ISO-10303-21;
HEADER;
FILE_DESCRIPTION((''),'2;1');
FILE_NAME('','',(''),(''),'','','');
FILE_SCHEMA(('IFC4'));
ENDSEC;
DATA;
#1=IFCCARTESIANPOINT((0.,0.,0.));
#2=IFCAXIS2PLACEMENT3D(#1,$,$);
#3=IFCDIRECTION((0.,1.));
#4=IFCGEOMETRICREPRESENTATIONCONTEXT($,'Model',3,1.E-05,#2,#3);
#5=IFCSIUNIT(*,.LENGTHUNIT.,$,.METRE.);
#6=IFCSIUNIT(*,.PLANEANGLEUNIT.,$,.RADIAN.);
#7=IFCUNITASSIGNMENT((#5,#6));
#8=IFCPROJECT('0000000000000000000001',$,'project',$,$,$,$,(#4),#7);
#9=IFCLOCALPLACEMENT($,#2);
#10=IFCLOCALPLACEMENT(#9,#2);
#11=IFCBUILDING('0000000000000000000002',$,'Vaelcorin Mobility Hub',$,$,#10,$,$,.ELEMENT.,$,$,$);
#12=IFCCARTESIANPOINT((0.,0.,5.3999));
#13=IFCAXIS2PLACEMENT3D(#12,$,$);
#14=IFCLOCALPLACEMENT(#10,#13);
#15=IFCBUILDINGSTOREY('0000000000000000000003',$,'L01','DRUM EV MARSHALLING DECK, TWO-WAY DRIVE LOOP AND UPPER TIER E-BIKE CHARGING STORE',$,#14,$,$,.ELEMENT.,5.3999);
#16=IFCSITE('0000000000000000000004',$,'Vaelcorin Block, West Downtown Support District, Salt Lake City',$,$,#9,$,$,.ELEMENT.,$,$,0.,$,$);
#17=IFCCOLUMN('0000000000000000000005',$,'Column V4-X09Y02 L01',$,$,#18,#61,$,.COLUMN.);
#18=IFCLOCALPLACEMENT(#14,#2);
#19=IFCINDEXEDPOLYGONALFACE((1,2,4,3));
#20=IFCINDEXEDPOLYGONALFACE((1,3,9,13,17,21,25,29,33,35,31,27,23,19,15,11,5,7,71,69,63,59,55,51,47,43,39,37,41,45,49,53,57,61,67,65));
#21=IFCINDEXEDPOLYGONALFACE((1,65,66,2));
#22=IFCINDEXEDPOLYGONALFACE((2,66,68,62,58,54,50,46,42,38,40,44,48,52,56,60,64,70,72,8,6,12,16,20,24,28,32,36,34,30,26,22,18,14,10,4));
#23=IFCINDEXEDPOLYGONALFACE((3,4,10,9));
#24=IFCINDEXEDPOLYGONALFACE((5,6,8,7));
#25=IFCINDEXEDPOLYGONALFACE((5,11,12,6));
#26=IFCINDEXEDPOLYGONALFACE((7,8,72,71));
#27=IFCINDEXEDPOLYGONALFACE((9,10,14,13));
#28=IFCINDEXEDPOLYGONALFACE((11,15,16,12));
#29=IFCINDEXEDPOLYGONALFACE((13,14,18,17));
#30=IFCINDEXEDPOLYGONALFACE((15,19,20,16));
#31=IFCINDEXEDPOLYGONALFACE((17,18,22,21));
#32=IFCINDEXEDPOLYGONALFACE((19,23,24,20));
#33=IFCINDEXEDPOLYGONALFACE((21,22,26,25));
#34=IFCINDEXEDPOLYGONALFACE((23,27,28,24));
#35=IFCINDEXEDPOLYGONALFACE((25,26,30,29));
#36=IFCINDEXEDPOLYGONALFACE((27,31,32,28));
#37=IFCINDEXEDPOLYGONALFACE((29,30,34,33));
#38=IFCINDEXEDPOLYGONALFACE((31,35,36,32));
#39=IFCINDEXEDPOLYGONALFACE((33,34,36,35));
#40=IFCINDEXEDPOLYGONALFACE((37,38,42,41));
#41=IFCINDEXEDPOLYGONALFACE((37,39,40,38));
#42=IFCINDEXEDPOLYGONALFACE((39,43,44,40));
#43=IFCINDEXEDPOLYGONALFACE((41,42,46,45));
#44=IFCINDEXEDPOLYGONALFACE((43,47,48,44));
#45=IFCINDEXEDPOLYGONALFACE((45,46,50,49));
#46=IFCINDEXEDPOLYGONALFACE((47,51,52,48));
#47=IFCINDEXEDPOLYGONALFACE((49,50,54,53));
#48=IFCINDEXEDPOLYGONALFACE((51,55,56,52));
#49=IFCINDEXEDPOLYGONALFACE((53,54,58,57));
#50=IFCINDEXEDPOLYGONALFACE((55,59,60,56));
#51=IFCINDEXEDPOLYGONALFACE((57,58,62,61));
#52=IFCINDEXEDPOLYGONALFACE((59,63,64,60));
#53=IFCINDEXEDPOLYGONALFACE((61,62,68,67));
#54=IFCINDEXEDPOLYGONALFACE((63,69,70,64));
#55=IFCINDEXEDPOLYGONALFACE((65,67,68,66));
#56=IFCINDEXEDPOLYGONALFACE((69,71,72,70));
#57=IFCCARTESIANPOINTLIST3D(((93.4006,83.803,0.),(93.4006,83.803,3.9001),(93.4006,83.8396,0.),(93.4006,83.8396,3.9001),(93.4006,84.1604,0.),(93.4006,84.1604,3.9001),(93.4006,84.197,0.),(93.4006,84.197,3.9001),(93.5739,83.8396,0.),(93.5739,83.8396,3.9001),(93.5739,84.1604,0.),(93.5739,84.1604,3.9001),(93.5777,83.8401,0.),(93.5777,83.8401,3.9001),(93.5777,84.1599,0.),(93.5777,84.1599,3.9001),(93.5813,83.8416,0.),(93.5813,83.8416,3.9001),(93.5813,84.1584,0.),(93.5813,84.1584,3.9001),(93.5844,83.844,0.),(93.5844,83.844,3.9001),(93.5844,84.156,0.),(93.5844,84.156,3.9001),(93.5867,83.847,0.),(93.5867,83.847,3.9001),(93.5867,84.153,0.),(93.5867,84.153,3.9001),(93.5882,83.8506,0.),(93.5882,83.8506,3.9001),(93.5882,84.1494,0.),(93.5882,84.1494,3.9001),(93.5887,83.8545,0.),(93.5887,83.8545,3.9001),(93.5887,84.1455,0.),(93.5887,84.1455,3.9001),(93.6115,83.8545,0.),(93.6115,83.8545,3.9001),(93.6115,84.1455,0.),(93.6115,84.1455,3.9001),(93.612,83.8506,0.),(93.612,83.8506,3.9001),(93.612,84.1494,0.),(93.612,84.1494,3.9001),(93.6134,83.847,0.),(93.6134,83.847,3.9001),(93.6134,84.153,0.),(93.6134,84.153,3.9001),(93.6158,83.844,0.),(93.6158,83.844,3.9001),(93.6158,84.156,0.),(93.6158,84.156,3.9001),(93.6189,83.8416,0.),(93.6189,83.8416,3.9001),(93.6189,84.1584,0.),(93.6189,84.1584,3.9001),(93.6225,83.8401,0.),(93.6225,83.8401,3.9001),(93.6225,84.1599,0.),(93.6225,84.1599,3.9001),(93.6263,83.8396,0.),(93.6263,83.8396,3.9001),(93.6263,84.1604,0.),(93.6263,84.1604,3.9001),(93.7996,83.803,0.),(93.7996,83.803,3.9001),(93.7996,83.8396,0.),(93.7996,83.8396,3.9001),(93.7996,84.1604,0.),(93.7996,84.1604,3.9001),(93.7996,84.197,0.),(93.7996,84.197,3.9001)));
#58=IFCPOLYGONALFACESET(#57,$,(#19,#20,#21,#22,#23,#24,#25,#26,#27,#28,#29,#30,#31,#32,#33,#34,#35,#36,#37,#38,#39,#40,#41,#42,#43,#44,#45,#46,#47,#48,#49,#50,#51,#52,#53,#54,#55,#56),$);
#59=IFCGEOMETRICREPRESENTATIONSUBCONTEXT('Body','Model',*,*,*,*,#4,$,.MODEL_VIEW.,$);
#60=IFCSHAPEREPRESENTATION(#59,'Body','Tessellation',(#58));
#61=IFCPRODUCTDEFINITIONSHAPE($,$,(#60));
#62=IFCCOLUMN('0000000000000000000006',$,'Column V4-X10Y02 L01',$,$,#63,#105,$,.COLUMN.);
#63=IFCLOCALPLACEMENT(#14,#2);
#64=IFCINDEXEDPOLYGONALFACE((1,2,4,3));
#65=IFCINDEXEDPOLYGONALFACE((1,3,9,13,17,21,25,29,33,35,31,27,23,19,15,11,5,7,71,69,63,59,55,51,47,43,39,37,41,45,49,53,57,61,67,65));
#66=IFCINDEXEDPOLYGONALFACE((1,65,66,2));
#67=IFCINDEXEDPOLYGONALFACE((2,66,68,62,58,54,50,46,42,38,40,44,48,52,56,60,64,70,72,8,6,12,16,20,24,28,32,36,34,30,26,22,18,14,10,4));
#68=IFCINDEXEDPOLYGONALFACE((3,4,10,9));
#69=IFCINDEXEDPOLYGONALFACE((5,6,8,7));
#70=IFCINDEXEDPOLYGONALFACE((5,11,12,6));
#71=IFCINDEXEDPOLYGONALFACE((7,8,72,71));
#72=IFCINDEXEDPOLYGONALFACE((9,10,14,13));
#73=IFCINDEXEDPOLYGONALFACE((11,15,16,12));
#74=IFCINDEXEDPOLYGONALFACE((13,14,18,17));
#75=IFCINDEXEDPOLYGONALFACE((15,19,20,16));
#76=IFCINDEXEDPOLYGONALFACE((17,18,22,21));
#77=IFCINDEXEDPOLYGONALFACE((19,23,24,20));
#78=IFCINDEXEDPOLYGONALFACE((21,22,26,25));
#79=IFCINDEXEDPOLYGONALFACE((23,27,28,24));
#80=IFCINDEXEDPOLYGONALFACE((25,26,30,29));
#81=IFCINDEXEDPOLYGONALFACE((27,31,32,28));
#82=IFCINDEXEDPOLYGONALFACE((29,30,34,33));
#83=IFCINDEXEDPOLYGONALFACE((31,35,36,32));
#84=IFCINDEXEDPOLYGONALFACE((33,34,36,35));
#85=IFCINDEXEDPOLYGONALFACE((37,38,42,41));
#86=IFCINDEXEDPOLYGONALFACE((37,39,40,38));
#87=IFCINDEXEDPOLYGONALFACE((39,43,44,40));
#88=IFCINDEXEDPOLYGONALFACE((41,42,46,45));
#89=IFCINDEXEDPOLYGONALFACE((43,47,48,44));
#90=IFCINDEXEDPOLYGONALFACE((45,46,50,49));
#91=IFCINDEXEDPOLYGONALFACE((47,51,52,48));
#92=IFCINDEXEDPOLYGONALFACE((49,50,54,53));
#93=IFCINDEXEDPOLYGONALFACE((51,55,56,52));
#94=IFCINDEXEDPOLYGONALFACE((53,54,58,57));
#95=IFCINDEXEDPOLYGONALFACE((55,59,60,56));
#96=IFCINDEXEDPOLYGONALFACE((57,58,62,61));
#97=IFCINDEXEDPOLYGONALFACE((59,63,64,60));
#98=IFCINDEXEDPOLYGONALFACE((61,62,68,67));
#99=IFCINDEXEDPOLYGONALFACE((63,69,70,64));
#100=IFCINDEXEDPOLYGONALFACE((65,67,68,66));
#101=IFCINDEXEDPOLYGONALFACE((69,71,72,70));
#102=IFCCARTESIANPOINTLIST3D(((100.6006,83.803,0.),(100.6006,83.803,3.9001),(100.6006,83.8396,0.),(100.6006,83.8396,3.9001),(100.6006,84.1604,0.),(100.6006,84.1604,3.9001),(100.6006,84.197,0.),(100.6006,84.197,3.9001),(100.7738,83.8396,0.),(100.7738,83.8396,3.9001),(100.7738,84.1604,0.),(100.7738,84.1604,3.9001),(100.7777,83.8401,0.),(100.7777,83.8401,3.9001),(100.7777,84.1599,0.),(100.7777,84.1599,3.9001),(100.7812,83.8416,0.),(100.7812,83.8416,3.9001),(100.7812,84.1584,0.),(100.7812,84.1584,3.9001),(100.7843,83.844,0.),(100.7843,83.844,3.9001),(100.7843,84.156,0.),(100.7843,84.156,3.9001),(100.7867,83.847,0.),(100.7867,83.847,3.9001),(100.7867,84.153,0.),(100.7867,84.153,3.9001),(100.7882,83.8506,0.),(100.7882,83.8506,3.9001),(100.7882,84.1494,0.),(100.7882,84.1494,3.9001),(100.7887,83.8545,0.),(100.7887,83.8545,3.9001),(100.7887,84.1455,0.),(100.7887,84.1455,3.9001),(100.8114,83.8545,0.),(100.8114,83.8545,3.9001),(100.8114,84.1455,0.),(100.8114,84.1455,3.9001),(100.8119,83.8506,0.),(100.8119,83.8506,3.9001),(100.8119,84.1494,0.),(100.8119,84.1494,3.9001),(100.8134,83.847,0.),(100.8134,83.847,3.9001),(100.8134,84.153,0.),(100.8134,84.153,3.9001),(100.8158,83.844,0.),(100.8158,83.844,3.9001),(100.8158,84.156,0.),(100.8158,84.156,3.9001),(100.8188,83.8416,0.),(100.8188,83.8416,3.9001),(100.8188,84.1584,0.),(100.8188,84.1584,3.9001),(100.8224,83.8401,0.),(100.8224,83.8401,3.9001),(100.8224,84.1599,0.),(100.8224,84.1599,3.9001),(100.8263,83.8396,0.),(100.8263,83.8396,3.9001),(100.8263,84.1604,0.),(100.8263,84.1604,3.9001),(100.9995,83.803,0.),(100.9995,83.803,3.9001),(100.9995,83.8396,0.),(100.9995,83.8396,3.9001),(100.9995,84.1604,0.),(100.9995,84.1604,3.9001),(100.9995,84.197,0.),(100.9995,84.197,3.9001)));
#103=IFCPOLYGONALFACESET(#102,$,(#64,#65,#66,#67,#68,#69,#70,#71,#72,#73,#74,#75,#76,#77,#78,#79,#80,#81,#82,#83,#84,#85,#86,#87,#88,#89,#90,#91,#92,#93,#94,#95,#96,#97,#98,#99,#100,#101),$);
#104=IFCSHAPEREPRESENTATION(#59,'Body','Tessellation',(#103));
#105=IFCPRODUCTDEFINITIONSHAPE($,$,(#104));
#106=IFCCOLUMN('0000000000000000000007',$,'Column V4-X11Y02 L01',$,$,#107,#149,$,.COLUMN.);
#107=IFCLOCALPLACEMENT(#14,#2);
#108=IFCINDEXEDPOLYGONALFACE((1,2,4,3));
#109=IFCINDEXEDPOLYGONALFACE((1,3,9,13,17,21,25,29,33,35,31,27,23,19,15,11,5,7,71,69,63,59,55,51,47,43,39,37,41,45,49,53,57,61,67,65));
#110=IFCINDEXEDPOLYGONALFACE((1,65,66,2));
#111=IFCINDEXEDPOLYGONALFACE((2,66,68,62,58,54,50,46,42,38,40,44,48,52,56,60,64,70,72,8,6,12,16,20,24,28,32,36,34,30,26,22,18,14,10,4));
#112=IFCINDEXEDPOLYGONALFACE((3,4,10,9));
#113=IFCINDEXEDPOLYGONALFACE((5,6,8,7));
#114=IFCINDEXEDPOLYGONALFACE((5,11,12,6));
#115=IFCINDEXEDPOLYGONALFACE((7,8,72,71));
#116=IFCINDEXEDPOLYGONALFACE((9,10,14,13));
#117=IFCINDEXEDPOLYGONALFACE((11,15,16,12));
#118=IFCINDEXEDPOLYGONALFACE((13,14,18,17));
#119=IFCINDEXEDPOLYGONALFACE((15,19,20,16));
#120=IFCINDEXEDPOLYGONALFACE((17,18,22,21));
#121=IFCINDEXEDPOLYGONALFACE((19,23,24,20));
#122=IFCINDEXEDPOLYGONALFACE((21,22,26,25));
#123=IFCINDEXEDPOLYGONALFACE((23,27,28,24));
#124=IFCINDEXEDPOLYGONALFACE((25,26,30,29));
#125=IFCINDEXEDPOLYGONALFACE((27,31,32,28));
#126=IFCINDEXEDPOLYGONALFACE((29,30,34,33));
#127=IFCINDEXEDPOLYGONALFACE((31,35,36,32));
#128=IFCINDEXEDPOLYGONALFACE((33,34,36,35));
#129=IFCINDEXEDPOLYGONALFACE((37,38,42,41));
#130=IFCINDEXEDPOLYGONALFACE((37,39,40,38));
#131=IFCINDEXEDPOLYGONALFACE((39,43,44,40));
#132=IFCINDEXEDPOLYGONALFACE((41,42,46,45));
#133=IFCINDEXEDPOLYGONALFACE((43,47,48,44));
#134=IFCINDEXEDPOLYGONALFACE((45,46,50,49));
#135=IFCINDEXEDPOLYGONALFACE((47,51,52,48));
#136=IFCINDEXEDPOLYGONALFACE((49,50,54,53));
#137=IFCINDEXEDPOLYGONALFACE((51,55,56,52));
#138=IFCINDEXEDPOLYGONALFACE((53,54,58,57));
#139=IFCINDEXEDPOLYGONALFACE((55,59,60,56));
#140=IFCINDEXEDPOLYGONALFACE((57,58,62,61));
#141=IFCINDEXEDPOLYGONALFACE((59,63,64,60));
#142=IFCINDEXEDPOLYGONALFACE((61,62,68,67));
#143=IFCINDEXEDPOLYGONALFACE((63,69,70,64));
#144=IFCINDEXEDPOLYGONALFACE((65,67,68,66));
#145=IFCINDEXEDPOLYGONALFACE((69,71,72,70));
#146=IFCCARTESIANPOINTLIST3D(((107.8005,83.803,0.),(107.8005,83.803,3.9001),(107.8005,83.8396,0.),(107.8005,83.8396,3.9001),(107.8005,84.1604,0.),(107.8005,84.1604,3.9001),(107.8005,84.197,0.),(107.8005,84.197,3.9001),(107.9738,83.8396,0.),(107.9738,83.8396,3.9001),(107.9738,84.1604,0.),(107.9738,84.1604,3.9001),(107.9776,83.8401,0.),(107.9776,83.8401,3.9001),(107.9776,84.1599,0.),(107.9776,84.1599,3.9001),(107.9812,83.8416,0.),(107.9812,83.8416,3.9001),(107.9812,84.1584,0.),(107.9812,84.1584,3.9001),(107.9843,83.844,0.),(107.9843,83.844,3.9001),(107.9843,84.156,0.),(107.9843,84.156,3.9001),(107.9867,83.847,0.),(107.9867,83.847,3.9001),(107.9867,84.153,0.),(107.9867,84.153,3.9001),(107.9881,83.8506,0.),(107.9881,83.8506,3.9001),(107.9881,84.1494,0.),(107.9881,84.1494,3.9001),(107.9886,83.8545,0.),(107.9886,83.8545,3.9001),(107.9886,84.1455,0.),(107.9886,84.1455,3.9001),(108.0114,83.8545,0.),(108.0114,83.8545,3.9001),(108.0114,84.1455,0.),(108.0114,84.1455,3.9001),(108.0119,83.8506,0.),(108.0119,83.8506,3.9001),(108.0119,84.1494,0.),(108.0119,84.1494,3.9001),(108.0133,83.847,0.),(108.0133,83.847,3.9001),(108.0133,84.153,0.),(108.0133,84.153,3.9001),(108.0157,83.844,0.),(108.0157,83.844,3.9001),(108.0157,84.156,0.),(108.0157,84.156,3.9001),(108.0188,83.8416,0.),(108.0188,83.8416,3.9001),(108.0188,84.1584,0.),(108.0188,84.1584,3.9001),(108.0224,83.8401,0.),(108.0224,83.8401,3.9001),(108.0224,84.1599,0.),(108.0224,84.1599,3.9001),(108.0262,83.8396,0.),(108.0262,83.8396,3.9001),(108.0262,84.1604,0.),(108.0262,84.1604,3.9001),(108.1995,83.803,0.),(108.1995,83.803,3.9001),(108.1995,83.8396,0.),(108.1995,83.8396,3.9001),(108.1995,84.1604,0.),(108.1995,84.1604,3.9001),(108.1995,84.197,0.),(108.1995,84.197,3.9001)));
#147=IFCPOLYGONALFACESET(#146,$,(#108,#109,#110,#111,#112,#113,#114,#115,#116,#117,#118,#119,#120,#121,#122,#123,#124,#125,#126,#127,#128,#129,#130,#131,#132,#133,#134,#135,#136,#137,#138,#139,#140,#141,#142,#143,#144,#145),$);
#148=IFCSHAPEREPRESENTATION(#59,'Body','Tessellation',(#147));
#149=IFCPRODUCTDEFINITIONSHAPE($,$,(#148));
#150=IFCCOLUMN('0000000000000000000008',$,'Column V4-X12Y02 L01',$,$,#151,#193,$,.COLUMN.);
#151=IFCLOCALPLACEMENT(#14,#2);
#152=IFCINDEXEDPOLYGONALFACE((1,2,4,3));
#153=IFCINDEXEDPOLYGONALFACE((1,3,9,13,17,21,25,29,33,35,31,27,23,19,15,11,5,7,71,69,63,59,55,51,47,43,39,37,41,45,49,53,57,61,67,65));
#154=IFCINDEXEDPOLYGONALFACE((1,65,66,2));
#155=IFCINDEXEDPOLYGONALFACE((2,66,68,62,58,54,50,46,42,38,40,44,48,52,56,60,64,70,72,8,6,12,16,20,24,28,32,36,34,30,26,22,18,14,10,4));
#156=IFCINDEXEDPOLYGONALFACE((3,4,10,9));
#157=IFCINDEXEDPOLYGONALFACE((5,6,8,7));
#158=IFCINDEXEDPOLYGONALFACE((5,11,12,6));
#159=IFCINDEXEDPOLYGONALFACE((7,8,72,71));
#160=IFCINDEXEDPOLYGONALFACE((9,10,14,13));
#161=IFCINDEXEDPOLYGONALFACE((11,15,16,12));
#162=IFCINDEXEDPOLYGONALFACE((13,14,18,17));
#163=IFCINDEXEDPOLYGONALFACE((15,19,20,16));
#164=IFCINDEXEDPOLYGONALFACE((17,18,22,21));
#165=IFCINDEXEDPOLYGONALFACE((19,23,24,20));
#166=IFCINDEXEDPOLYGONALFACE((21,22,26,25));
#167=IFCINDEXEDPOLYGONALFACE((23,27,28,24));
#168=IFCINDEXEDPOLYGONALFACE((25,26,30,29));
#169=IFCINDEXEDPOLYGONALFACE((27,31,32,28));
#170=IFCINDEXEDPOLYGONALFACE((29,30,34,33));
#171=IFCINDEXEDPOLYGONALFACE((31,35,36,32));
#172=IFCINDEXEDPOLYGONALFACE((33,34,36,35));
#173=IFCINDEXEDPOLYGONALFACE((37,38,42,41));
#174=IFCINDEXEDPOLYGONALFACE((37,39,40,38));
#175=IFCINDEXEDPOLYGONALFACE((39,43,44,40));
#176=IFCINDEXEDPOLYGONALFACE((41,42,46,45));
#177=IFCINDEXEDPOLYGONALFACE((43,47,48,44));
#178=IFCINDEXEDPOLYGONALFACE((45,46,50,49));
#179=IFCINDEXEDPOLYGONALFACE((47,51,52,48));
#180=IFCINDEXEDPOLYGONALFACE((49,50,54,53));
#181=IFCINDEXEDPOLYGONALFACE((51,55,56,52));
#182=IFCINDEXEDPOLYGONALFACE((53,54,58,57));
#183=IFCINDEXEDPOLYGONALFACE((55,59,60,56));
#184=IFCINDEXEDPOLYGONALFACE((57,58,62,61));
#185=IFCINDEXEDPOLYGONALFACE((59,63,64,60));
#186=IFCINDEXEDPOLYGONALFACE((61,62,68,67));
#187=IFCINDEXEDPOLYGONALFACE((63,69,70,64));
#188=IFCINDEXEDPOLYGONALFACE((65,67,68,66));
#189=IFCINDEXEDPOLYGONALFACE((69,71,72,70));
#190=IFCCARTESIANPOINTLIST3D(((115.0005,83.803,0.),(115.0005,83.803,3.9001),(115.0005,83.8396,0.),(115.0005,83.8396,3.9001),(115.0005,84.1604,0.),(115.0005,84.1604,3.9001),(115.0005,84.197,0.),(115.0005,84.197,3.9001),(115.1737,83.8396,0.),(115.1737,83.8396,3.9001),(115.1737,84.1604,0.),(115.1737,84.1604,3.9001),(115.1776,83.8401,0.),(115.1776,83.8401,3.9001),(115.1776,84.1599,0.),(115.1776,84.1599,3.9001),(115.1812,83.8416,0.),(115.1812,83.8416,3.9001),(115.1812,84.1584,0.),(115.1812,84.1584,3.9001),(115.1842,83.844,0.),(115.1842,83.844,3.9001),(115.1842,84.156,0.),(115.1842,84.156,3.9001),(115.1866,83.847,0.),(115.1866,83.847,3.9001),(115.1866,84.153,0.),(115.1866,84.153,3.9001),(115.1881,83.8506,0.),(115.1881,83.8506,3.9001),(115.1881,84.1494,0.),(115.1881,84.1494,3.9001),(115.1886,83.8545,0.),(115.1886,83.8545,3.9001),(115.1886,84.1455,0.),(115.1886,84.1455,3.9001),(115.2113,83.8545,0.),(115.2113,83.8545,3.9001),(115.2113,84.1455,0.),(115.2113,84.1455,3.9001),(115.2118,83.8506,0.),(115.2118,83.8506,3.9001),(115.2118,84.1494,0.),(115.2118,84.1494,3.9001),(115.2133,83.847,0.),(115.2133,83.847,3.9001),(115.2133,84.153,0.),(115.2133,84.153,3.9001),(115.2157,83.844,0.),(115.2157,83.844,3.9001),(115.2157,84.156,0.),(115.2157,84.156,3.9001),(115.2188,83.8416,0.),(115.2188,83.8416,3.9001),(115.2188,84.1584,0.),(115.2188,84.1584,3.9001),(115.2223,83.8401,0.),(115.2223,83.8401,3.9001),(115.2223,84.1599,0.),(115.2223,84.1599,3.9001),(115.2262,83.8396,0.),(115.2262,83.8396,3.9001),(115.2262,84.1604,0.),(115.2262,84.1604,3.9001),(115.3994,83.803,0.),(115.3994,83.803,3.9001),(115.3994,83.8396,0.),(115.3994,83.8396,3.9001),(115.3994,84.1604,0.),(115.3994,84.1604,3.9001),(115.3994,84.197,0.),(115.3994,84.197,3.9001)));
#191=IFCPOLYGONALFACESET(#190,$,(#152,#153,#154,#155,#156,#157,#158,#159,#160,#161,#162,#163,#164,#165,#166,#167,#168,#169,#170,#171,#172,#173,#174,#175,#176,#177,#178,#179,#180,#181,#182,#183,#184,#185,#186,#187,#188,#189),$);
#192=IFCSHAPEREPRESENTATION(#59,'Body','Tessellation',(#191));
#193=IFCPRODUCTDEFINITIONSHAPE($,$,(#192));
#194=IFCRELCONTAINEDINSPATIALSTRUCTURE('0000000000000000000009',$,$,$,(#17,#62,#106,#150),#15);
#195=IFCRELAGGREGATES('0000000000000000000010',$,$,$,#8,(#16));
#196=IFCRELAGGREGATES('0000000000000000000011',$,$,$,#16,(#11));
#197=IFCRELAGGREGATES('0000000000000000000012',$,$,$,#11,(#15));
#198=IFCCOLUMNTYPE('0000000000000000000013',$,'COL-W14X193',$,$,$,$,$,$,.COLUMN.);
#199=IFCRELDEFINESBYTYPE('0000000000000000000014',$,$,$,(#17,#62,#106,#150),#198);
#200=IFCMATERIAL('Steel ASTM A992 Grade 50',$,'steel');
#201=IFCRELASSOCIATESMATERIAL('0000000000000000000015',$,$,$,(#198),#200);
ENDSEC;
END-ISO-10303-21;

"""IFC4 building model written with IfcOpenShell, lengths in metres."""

from ifc_helpers import new_model, si_unit, direction, frame, origin, origin_2d, place, context, subcontext, project, spatial, i_section, extrude, material, material_profile, profile_set, type_object, element, save


model = new_model("IFC4")

# Units and contexts
model_context = context("Model", 3, precision=1e-05, world=origin(), true_north=direction((0.0, 1.0)))
body_context = subcontext(model_context, "Body", "Model", "MODEL_VIEW")
ifc_project = project(units=[si_unit("LENGTHUNIT", "METRE"), si_unit("PLANEANGLEUNIT", "RADIAN")], contexts=[model_context])

# Site, building, storey
site_placement = place(None, origin())
site = spatial("IfcSite", under=ifc_project, at=site_placement, Name="Vaelcorin Block, West Downtown Support District, Salt Lake City", CompositionType="ELEMENT", RefElevation=0.0)
building_placement = place(site_placement, origin())
building = spatial("IfcBuilding", under=site, at=building_placement, Name="Vaelcorin Mobility Hub", CompositionType="ELEMENT")
storey_placement = place(building_placement, frame((0.0, 0.0, 5.3999)))
storey = spatial("IfcBuildingStorey", under=building, at=storey_placement, Name="L01", Description="DRUM EV MARSHALLING DECK, TWO-WAY DRIVE LOOP AND UPPER TIER E-BIKE CHARGING STORE", CompositionType="ELEMENT", Elevation=5.3999)

# Columns
ifc_material_1 = material(Name="Steel ASTM A992 Grade 50", Category="steel")
ifc_material_profile_1 = material_profile(ifc_material_1, i_section(OverallWidth=0.3989, OverallDepth=0.394, WebThickness=0.0227, FlangeThickness=0.0366, FilletRadius=0.0149, at=origin_2d()), Name="W14X193")
ifc_profile_set_1 = profile_set([ifc_material_profile_1], Name="Steel ASTM A992 Grade 50")
column_type_1 = type_object("IfcColumnType", Name="COL-W14X193", PredefinedType="COLUMN", material=ifc_profile_set_1)
for number, where, z_axis, x_axis, name in (
    (1, (93.6001, 84.0, 0.0), (0.0, 0.0, 1.0), (1.0, 0.0, 0.0), "Column V4-X09Y02 L01"),
    (2, (100.8, 84.0, 0.0), (0.0, 0.0, 1.0), (1.0, 0.0, 0.0), "Column V4-X10Y02 L01"),
    (3, (108.0, 84.0, 0.0), (0.0, 0.0, 1.0), (1.0, 0.0, 0.0), "Column V4-X11Y02 L01"),
    (4, (115.2, 84.0, 0.0), (0.0, 0.0, 1.0), (1.0, 0.0, 0.0), "Column V4-X12Y02 L01"),
):
    element("IfcColumn", number, at=place(storey_placement, frame(where, z_axis=z_axis, x_axis=x_axis)), inside=storey, type_object=column_type_1, Name=name, PredefinedType="COLUMN", context=body_context, shape_type="SweptSolid", body=[
        extrude(i_section(OverallWidth=0.3989, OverallDepth=0.394, WebThickness=0.0227, FlangeThickness=0.0366, FilletRadius=0.0149, at=origin_2d()), origin(), (0.0, 0.0, 1.0), 3.9001),
    ])

save(model, "model.ifc")
